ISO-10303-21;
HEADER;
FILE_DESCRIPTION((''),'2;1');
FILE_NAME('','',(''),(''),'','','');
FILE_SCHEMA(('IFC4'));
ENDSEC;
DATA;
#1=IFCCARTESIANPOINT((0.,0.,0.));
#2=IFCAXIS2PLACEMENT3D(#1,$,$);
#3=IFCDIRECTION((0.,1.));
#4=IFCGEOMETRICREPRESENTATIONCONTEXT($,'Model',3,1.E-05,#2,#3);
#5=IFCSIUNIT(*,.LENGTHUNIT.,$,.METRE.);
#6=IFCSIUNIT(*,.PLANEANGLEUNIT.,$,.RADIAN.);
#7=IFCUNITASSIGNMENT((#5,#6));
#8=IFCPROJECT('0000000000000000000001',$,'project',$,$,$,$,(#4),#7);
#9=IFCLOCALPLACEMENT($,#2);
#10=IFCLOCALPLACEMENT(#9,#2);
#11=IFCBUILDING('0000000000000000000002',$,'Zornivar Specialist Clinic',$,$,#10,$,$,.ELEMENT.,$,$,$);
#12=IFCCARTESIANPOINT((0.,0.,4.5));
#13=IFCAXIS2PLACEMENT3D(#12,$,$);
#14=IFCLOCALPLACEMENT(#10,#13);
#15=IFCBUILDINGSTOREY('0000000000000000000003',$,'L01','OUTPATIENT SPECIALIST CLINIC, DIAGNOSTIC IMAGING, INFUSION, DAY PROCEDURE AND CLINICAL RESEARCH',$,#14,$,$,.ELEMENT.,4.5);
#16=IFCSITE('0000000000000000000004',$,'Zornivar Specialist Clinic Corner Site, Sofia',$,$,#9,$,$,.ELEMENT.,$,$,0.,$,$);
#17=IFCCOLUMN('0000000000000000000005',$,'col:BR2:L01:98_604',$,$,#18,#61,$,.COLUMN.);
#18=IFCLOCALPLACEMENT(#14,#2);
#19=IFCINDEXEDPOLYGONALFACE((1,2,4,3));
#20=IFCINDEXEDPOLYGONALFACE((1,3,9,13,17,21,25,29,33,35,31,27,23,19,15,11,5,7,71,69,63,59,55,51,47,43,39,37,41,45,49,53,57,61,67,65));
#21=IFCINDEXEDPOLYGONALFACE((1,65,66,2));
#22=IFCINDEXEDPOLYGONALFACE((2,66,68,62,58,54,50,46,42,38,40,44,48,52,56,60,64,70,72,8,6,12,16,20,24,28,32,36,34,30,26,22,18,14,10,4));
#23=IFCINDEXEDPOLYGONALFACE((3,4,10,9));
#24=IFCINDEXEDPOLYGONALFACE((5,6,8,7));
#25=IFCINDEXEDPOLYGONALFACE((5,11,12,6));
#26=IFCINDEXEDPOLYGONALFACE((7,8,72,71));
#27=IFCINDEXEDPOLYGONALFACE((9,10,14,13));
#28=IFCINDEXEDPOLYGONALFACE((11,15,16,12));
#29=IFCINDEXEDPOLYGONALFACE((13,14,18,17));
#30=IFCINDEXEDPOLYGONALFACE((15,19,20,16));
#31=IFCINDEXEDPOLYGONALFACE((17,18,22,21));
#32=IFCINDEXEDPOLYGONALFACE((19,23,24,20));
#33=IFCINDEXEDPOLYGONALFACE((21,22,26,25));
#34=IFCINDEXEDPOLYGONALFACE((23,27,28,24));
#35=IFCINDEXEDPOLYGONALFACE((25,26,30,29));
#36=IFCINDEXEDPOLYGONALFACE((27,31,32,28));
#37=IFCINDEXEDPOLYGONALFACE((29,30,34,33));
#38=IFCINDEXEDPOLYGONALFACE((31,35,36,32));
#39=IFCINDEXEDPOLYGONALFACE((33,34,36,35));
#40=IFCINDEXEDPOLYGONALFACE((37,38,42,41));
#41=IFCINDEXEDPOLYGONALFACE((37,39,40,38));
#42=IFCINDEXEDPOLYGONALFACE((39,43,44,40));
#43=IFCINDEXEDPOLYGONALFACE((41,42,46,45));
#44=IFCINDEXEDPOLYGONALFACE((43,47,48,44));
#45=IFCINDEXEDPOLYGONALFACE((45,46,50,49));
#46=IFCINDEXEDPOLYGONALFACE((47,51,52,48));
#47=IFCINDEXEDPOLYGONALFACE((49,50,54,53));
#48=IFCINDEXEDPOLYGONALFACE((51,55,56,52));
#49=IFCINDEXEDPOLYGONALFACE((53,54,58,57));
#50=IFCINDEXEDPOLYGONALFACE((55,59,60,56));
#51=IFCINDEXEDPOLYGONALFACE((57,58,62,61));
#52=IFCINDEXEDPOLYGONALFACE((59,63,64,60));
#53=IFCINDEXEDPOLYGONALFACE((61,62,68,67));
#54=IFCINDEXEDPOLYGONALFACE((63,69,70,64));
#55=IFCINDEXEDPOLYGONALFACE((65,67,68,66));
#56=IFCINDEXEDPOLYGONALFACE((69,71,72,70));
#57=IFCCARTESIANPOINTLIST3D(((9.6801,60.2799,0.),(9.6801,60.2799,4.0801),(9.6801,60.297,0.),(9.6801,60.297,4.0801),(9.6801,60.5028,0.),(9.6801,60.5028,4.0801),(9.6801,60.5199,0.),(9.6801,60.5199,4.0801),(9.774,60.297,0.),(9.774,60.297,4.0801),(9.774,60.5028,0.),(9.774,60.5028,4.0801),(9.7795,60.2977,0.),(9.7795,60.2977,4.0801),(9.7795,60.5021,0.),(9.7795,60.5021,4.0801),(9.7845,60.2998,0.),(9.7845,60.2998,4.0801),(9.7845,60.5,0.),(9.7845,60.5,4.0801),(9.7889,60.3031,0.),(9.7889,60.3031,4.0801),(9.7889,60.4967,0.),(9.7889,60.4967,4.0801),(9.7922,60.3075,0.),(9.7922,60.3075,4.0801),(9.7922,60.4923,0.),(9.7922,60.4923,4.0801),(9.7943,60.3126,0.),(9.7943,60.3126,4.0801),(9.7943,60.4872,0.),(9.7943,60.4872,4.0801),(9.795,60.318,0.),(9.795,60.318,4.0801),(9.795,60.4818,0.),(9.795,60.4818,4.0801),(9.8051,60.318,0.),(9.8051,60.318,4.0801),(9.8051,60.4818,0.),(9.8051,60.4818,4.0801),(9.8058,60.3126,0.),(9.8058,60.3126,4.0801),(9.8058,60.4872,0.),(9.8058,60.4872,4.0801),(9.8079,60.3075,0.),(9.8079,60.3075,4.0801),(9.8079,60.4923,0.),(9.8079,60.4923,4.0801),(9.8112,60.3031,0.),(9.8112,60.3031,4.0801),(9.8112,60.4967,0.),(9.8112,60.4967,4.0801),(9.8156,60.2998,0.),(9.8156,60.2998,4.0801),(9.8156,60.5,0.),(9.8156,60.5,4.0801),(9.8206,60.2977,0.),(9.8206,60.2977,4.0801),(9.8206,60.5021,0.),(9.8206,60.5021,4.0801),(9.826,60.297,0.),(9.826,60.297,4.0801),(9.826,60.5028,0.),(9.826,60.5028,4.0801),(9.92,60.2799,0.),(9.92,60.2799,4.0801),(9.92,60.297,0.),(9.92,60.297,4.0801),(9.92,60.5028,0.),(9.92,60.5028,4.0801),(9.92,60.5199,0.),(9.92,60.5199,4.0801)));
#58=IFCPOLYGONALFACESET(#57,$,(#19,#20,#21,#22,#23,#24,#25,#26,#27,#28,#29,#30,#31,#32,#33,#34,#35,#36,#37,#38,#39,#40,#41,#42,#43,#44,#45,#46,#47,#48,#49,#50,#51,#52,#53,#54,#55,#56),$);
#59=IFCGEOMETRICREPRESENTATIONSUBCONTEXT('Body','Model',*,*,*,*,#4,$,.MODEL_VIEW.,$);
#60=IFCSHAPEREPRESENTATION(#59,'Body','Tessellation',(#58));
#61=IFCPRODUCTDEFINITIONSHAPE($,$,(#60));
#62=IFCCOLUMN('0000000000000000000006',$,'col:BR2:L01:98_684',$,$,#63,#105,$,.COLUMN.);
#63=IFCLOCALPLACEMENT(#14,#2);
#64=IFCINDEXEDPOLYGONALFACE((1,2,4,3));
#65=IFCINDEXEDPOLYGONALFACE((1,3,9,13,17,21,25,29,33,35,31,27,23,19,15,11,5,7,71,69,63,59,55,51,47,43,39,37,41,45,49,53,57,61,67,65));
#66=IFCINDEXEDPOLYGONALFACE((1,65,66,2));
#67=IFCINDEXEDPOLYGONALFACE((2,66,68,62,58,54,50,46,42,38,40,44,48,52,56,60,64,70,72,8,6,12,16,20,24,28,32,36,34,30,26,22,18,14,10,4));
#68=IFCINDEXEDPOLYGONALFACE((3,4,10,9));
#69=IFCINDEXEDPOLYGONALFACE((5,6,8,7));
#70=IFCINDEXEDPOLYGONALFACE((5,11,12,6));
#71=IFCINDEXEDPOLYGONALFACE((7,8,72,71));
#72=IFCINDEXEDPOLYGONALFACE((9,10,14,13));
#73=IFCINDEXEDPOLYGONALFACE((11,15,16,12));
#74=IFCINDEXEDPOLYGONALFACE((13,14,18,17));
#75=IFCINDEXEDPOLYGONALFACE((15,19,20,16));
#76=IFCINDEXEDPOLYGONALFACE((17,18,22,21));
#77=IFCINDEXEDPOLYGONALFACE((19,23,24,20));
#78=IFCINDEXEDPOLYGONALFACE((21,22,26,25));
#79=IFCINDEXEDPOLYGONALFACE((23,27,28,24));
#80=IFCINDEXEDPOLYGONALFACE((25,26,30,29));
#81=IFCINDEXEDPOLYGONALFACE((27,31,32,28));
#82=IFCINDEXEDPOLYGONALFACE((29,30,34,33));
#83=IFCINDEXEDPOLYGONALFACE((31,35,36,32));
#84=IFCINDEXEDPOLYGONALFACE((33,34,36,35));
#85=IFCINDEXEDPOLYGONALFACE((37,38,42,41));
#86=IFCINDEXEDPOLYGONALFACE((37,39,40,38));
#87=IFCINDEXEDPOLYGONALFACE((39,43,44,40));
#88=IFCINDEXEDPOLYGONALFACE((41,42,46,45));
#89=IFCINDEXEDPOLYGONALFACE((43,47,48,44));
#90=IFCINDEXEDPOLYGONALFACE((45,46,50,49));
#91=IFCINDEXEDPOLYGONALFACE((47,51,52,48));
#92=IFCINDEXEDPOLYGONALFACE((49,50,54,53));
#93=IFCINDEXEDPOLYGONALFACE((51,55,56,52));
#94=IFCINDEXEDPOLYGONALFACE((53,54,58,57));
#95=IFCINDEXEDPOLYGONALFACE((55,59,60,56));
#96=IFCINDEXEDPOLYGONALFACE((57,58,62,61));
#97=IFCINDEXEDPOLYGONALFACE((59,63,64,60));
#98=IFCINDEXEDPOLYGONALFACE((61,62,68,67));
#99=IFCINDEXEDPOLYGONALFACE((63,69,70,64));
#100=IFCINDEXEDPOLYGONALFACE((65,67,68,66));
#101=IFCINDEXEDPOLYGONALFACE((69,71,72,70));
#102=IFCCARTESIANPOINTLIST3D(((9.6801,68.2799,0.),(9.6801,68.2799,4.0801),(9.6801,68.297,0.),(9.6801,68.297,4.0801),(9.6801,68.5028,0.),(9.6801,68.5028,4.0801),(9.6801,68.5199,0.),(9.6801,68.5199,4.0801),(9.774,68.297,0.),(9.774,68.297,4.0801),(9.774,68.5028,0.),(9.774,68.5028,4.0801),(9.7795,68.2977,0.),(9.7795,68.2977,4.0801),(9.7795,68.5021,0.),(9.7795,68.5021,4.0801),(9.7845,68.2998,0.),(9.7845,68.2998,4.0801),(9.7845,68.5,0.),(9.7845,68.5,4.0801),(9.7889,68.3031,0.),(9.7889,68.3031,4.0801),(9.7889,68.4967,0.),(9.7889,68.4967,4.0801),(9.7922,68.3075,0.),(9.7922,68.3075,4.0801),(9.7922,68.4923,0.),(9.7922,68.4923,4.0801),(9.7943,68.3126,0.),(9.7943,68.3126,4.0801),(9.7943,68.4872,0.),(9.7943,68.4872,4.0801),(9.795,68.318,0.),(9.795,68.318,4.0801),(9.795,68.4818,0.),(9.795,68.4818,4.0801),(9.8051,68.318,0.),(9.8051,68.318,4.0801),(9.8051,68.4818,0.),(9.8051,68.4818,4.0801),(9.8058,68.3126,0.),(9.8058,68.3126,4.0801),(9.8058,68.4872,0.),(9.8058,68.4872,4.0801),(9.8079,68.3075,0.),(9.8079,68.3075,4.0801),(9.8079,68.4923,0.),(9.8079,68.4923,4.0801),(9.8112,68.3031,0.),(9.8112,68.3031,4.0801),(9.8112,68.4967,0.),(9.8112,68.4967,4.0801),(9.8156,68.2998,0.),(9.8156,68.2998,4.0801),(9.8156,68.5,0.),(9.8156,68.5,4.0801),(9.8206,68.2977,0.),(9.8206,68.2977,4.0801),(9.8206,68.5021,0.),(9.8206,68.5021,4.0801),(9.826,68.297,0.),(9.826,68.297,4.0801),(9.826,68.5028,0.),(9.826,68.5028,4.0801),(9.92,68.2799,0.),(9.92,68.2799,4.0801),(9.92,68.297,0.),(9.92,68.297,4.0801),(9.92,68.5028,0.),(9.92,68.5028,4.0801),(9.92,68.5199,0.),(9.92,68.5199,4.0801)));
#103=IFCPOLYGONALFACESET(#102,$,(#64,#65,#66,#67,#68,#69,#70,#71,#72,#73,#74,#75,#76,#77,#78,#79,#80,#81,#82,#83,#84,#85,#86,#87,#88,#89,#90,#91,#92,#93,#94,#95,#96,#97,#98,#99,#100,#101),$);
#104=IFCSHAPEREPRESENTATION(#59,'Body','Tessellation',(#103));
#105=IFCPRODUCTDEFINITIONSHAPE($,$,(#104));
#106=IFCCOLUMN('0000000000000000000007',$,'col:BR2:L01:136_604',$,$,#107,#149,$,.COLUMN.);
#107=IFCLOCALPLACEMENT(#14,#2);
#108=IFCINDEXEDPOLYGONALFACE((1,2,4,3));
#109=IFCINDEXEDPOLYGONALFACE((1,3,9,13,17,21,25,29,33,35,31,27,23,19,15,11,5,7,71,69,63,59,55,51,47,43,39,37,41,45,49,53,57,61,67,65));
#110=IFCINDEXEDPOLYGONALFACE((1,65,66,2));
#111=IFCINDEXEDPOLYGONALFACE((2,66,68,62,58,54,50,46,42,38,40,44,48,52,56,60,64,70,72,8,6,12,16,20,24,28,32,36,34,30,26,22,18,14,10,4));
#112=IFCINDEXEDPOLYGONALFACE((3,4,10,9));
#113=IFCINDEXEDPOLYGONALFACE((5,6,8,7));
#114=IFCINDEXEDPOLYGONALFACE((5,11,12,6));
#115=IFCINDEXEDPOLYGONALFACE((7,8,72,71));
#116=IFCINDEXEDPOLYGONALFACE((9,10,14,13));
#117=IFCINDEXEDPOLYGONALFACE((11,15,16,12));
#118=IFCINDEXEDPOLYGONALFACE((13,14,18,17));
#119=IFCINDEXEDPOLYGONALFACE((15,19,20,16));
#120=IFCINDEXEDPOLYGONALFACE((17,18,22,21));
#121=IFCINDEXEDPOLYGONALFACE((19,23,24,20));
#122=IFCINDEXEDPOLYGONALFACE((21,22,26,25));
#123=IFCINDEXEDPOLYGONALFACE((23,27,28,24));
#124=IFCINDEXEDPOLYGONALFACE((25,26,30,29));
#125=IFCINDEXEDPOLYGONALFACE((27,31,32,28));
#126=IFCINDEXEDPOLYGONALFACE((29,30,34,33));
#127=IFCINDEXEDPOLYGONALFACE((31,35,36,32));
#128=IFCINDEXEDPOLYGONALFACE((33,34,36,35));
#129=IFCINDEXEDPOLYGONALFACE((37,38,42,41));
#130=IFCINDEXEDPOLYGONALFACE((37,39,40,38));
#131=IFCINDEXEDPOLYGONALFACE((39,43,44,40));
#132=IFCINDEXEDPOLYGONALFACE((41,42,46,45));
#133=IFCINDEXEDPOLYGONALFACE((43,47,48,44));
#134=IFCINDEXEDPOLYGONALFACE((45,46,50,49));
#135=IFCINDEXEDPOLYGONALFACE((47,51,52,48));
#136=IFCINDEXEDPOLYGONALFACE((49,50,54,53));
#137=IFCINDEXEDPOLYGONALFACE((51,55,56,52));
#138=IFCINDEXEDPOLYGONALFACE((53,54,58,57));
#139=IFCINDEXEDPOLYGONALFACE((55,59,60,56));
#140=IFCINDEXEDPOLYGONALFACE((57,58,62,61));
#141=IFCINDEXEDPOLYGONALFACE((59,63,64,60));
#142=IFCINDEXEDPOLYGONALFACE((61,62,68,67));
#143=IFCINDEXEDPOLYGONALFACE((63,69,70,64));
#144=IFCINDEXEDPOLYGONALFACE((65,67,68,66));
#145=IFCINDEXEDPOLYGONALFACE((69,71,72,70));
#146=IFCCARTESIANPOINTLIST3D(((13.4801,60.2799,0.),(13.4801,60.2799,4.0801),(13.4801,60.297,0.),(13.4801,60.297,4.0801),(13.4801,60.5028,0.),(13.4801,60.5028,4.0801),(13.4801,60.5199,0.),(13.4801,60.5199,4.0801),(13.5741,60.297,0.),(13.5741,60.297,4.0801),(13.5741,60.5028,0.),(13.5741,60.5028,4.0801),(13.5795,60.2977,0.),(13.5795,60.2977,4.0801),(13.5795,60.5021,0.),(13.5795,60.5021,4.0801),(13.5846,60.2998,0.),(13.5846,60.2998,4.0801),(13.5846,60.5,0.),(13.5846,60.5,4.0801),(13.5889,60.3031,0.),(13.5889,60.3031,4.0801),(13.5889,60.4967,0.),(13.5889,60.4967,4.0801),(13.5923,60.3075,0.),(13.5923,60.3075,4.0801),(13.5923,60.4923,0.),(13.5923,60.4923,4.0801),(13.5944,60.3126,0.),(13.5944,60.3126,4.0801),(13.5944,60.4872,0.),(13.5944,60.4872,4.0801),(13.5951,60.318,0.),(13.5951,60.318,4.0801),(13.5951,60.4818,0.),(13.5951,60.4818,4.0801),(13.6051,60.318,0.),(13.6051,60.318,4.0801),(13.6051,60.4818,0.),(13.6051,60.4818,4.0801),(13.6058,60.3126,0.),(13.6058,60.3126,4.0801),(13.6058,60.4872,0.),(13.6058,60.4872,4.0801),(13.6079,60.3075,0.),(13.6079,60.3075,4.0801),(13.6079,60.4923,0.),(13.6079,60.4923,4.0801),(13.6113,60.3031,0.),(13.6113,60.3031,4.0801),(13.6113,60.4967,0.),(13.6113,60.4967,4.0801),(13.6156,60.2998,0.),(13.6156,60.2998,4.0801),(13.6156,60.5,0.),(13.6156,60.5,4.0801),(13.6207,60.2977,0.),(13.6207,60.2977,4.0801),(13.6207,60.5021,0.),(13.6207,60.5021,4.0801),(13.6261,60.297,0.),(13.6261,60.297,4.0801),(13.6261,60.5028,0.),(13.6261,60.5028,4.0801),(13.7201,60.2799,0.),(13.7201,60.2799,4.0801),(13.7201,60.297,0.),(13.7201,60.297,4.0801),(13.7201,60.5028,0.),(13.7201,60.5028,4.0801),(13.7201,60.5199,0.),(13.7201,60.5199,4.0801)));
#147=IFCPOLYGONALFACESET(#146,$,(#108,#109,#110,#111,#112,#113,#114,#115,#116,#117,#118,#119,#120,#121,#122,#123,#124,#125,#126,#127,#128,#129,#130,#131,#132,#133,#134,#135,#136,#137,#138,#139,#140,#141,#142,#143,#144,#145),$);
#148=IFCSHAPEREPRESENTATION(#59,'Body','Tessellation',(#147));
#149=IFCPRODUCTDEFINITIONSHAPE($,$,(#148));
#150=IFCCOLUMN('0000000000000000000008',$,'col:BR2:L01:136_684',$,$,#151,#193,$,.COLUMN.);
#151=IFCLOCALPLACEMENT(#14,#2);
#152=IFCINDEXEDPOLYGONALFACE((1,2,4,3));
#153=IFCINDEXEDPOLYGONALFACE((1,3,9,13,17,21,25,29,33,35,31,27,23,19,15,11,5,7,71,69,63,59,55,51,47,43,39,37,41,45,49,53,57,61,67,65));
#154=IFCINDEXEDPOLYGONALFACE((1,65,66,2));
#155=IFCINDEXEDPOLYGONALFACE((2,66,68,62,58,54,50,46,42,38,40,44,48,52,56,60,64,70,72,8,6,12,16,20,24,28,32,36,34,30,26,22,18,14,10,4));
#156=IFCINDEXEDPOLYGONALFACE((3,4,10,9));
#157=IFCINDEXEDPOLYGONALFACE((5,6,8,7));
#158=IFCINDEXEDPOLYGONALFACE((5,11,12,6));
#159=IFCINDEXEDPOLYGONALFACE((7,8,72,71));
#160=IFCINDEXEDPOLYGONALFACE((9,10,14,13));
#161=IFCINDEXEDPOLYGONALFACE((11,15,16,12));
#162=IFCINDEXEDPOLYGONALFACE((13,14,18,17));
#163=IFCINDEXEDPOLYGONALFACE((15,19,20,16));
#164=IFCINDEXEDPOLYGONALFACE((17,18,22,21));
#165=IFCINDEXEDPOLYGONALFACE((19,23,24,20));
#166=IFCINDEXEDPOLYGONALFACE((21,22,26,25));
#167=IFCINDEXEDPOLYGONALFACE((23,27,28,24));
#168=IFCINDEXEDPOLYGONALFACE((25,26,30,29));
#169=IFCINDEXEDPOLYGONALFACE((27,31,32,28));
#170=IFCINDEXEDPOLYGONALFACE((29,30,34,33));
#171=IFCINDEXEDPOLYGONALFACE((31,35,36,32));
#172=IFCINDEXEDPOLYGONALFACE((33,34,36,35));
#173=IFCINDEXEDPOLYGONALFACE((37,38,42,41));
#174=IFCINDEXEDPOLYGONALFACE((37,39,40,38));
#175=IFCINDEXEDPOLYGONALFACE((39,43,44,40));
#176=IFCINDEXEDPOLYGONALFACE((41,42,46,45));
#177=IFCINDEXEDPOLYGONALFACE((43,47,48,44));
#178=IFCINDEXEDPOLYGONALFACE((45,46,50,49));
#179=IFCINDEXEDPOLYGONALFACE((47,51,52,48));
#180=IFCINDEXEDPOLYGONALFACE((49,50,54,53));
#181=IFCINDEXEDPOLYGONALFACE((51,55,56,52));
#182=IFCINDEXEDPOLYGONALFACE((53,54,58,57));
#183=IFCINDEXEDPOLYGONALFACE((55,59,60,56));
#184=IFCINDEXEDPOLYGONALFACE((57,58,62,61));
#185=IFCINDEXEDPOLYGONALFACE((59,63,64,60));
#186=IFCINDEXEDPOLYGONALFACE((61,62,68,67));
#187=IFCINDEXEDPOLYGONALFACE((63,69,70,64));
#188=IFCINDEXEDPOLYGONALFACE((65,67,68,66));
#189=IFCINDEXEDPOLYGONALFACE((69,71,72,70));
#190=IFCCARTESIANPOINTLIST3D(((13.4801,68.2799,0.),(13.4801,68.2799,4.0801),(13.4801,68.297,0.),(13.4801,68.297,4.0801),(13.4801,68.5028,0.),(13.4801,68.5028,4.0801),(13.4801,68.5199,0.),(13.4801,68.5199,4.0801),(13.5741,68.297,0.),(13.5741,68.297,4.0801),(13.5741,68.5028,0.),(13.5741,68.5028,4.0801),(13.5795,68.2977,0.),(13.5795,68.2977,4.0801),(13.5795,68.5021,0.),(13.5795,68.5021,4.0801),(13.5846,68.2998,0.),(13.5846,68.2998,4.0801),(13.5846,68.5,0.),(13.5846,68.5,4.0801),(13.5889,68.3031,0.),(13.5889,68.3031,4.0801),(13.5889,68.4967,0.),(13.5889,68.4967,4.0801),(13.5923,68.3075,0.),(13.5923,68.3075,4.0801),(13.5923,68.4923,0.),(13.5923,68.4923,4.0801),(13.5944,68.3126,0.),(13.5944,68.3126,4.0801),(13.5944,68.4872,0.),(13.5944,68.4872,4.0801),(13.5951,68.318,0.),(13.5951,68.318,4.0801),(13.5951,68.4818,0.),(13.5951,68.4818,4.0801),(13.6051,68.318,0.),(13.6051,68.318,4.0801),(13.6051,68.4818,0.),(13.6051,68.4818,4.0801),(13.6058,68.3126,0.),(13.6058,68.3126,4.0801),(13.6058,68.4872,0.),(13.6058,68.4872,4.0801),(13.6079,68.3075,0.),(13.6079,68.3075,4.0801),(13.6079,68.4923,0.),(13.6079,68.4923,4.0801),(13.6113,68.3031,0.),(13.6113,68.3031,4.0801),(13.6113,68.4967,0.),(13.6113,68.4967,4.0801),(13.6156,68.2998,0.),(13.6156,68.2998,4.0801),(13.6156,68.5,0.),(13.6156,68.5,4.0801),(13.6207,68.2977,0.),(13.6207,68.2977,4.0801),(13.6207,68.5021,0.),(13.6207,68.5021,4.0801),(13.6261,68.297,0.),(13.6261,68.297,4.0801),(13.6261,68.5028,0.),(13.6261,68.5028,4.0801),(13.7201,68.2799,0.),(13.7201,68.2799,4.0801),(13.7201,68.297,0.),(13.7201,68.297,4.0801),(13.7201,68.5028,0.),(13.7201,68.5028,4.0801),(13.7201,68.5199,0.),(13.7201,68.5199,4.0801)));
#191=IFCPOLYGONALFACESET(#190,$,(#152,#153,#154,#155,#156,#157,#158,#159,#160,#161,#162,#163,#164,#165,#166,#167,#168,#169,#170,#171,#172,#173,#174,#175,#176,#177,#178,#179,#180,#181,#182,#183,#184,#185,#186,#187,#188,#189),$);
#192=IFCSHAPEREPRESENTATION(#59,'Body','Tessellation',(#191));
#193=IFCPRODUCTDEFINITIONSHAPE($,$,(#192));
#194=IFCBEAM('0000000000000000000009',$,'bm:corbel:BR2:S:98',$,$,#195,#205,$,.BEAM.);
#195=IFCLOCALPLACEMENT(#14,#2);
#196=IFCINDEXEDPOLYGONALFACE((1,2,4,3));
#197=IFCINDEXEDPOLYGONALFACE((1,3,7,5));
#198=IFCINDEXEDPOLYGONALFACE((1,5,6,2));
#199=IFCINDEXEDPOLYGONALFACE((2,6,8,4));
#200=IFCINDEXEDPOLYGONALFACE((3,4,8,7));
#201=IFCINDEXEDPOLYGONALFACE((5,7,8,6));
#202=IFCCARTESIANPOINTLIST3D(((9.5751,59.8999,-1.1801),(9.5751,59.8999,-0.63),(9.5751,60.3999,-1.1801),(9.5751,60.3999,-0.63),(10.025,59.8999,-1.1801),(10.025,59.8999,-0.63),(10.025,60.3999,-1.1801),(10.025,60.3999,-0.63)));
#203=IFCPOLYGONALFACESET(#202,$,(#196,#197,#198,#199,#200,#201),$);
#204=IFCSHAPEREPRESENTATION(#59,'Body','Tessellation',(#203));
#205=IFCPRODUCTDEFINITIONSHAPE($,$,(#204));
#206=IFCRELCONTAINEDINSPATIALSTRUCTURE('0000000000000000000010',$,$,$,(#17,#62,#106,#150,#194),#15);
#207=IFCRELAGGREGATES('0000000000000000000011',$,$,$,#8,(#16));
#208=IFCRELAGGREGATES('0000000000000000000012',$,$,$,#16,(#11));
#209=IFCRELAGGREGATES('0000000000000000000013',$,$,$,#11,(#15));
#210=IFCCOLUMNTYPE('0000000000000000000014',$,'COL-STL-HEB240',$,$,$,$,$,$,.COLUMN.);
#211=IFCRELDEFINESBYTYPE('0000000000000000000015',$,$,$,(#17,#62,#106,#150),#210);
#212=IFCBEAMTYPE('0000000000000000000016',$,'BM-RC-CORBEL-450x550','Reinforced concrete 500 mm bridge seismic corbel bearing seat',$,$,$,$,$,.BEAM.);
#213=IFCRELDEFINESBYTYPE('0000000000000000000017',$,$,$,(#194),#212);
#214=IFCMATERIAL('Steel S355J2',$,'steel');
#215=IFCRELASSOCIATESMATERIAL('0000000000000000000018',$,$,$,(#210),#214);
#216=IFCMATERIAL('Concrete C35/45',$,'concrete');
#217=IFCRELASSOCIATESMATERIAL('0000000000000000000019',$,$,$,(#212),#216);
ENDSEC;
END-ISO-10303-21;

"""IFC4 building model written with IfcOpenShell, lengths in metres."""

from ifc_helpers import new_model, si_unit, direction, frame, origin, origin_2d, place, context, subcontext, project, spatial, rectangle, i_section, extrude, material, material_profile, profile_set, type_object, element, save


model = new_model("IFC4")

# Units and contexts
model_context = context("Model", 3, precision=1e-05, world=origin(), true_north=direction((0.0, 1.0)))
body_context = subcontext(model_context, "Body", "Model", "MODEL_VIEW")
ifc_project = project(units=[si_unit("LENGTHUNIT", "METRE"), si_unit("PLANEANGLEUNIT", "RADIAN")], contexts=[model_context])

# Site, building, storey
site_placement = place(None, origin())
site = spatial("IfcSite", under=ifc_project, at=site_placement, Name="Zornivar Specialist Clinic Corner Site, Sofia", CompositionType="ELEMENT", RefElevation=0.0)
building_placement = place(site_placement, origin())
building = spatial("IfcBuilding", under=site, at=building_placement, Name="Zornivar Specialist Clinic", CompositionType="ELEMENT")
storey_placement = place(building_placement, frame((0.0, 0.0, 4.5)))
storey = spatial("IfcBuildingStorey", under=building, at=storey_placement, Name="L01", Description="OUTPATIENT SPECIALIST CLINIC, DIAGNOSTIC IMAGING, INFUSION, DAY PROCEDURE AND CLINICAL RESEARCH", CompositionType="ELEMENT", Elevation=4.5)

# Columns
ifc_material_1 = material(Name="Steel S355J2", Category="steel")
ifc_material_profile_1 = material_profile(ifc_material_1, i_section(OverallWidth=0.24, OverallDepth=0.24, WebThickness=0.01, FlangeThickness=0.0171, FilletRadius=0.021, at=origin_2d()), Name="HEB 240")
ifc_profile_set_1 = profile_set([ifc_material_profile_1], Name="Steel S355J2")
column_type = type_object("IfcColumnType", Name="COL-STL-HEB240", PredefinedType="COLUMN", material=ifc_profile_set_1)
for number, where, z_axis, x_axis, name in (
    (1, (9.8, 60.3999, 0.0), (0.0, 0.0, 1.0), (1.0, 0.0, 0.0), "col:BR2:L01:98_604"),
    (2, (9.8, 68.3999, 0.0), (0.0, 0.0, 1.0), (1.0, 0.0, 0.0), "col:BR2:L01:98_684"),
    (3, (13.6001, 60.3999, 0.0), (0.0, 0.0, 1.0), (1.0, 0.0, 0.0), "col:BR2:L01:136_604"),
    (4, (13.6001, 68.3999, 0.0), (0.0, 0.0, 1.0), (1.0, 0.0, 0.0), "col:BR2:L01:136_684"),
):
    element("IfcColumn", number, at=place(storey_placement, frame(where, z_axis=z_axis, x_axis=x_axis)), inside=storey, type_object=column_type, Name=name, PredefinedType="COLUMN", context=body_context, shape_type="SweptSolid", body=[
        extrude(i_section(OverallWidth=0.24, OverallDepth=0.24, WebThickness=0.01, FlangeThickness=0.0171, FilletRadius=0.021, at=origin_2d()), origin(), (0.0, 0.0, 1.0), 4.0801),
    ])

# Beam
ifc_material_2 = material(Name="Concrete C35/45", Category="concrete")
ifc_material_profile_2 = material_profile(ifc_material_2, rectangle(XDim=0.45, YDim=0.55, at=origin_2d()), Name="RC 450x550")
ifc_profile_set_2 = profile_set([ifc_material_profile_2], Name="Concrete C35/45")
beam_type_1 = type_object("IfcBeamType", Name="BM-RC-CORBEL-450x550", Description="Reinforced concrete 500 mm bridge seismic corbel bearing seat", PredefinedType="BEAM", material=ifc_profile_set_2)
for number, where, z_axis, x_axis, name in (
    (5, (9.8, 60.3999, -0.905), (0.0, -1.0, 0.0), (1.0, 0.0, 0.0), "bm:corbel:BR2:S:98"),
):
    element("IfcBeam", number, at=place(storey_placement, frame(where, z_axis=z_axis, x_axis=x_axis)), inside=storey, type_object=beam_type_1, Name=name, PredefinedType="BEAM", context=body_context, shape_type="SweptSolid", body=[
        extrude(rectangle(XDim=0.45, YDim=0.55, at=origin_2d()), origin(), (0.0, 0.0, 1.0), 0.5),
    ])

save(model, "model.ifc")
